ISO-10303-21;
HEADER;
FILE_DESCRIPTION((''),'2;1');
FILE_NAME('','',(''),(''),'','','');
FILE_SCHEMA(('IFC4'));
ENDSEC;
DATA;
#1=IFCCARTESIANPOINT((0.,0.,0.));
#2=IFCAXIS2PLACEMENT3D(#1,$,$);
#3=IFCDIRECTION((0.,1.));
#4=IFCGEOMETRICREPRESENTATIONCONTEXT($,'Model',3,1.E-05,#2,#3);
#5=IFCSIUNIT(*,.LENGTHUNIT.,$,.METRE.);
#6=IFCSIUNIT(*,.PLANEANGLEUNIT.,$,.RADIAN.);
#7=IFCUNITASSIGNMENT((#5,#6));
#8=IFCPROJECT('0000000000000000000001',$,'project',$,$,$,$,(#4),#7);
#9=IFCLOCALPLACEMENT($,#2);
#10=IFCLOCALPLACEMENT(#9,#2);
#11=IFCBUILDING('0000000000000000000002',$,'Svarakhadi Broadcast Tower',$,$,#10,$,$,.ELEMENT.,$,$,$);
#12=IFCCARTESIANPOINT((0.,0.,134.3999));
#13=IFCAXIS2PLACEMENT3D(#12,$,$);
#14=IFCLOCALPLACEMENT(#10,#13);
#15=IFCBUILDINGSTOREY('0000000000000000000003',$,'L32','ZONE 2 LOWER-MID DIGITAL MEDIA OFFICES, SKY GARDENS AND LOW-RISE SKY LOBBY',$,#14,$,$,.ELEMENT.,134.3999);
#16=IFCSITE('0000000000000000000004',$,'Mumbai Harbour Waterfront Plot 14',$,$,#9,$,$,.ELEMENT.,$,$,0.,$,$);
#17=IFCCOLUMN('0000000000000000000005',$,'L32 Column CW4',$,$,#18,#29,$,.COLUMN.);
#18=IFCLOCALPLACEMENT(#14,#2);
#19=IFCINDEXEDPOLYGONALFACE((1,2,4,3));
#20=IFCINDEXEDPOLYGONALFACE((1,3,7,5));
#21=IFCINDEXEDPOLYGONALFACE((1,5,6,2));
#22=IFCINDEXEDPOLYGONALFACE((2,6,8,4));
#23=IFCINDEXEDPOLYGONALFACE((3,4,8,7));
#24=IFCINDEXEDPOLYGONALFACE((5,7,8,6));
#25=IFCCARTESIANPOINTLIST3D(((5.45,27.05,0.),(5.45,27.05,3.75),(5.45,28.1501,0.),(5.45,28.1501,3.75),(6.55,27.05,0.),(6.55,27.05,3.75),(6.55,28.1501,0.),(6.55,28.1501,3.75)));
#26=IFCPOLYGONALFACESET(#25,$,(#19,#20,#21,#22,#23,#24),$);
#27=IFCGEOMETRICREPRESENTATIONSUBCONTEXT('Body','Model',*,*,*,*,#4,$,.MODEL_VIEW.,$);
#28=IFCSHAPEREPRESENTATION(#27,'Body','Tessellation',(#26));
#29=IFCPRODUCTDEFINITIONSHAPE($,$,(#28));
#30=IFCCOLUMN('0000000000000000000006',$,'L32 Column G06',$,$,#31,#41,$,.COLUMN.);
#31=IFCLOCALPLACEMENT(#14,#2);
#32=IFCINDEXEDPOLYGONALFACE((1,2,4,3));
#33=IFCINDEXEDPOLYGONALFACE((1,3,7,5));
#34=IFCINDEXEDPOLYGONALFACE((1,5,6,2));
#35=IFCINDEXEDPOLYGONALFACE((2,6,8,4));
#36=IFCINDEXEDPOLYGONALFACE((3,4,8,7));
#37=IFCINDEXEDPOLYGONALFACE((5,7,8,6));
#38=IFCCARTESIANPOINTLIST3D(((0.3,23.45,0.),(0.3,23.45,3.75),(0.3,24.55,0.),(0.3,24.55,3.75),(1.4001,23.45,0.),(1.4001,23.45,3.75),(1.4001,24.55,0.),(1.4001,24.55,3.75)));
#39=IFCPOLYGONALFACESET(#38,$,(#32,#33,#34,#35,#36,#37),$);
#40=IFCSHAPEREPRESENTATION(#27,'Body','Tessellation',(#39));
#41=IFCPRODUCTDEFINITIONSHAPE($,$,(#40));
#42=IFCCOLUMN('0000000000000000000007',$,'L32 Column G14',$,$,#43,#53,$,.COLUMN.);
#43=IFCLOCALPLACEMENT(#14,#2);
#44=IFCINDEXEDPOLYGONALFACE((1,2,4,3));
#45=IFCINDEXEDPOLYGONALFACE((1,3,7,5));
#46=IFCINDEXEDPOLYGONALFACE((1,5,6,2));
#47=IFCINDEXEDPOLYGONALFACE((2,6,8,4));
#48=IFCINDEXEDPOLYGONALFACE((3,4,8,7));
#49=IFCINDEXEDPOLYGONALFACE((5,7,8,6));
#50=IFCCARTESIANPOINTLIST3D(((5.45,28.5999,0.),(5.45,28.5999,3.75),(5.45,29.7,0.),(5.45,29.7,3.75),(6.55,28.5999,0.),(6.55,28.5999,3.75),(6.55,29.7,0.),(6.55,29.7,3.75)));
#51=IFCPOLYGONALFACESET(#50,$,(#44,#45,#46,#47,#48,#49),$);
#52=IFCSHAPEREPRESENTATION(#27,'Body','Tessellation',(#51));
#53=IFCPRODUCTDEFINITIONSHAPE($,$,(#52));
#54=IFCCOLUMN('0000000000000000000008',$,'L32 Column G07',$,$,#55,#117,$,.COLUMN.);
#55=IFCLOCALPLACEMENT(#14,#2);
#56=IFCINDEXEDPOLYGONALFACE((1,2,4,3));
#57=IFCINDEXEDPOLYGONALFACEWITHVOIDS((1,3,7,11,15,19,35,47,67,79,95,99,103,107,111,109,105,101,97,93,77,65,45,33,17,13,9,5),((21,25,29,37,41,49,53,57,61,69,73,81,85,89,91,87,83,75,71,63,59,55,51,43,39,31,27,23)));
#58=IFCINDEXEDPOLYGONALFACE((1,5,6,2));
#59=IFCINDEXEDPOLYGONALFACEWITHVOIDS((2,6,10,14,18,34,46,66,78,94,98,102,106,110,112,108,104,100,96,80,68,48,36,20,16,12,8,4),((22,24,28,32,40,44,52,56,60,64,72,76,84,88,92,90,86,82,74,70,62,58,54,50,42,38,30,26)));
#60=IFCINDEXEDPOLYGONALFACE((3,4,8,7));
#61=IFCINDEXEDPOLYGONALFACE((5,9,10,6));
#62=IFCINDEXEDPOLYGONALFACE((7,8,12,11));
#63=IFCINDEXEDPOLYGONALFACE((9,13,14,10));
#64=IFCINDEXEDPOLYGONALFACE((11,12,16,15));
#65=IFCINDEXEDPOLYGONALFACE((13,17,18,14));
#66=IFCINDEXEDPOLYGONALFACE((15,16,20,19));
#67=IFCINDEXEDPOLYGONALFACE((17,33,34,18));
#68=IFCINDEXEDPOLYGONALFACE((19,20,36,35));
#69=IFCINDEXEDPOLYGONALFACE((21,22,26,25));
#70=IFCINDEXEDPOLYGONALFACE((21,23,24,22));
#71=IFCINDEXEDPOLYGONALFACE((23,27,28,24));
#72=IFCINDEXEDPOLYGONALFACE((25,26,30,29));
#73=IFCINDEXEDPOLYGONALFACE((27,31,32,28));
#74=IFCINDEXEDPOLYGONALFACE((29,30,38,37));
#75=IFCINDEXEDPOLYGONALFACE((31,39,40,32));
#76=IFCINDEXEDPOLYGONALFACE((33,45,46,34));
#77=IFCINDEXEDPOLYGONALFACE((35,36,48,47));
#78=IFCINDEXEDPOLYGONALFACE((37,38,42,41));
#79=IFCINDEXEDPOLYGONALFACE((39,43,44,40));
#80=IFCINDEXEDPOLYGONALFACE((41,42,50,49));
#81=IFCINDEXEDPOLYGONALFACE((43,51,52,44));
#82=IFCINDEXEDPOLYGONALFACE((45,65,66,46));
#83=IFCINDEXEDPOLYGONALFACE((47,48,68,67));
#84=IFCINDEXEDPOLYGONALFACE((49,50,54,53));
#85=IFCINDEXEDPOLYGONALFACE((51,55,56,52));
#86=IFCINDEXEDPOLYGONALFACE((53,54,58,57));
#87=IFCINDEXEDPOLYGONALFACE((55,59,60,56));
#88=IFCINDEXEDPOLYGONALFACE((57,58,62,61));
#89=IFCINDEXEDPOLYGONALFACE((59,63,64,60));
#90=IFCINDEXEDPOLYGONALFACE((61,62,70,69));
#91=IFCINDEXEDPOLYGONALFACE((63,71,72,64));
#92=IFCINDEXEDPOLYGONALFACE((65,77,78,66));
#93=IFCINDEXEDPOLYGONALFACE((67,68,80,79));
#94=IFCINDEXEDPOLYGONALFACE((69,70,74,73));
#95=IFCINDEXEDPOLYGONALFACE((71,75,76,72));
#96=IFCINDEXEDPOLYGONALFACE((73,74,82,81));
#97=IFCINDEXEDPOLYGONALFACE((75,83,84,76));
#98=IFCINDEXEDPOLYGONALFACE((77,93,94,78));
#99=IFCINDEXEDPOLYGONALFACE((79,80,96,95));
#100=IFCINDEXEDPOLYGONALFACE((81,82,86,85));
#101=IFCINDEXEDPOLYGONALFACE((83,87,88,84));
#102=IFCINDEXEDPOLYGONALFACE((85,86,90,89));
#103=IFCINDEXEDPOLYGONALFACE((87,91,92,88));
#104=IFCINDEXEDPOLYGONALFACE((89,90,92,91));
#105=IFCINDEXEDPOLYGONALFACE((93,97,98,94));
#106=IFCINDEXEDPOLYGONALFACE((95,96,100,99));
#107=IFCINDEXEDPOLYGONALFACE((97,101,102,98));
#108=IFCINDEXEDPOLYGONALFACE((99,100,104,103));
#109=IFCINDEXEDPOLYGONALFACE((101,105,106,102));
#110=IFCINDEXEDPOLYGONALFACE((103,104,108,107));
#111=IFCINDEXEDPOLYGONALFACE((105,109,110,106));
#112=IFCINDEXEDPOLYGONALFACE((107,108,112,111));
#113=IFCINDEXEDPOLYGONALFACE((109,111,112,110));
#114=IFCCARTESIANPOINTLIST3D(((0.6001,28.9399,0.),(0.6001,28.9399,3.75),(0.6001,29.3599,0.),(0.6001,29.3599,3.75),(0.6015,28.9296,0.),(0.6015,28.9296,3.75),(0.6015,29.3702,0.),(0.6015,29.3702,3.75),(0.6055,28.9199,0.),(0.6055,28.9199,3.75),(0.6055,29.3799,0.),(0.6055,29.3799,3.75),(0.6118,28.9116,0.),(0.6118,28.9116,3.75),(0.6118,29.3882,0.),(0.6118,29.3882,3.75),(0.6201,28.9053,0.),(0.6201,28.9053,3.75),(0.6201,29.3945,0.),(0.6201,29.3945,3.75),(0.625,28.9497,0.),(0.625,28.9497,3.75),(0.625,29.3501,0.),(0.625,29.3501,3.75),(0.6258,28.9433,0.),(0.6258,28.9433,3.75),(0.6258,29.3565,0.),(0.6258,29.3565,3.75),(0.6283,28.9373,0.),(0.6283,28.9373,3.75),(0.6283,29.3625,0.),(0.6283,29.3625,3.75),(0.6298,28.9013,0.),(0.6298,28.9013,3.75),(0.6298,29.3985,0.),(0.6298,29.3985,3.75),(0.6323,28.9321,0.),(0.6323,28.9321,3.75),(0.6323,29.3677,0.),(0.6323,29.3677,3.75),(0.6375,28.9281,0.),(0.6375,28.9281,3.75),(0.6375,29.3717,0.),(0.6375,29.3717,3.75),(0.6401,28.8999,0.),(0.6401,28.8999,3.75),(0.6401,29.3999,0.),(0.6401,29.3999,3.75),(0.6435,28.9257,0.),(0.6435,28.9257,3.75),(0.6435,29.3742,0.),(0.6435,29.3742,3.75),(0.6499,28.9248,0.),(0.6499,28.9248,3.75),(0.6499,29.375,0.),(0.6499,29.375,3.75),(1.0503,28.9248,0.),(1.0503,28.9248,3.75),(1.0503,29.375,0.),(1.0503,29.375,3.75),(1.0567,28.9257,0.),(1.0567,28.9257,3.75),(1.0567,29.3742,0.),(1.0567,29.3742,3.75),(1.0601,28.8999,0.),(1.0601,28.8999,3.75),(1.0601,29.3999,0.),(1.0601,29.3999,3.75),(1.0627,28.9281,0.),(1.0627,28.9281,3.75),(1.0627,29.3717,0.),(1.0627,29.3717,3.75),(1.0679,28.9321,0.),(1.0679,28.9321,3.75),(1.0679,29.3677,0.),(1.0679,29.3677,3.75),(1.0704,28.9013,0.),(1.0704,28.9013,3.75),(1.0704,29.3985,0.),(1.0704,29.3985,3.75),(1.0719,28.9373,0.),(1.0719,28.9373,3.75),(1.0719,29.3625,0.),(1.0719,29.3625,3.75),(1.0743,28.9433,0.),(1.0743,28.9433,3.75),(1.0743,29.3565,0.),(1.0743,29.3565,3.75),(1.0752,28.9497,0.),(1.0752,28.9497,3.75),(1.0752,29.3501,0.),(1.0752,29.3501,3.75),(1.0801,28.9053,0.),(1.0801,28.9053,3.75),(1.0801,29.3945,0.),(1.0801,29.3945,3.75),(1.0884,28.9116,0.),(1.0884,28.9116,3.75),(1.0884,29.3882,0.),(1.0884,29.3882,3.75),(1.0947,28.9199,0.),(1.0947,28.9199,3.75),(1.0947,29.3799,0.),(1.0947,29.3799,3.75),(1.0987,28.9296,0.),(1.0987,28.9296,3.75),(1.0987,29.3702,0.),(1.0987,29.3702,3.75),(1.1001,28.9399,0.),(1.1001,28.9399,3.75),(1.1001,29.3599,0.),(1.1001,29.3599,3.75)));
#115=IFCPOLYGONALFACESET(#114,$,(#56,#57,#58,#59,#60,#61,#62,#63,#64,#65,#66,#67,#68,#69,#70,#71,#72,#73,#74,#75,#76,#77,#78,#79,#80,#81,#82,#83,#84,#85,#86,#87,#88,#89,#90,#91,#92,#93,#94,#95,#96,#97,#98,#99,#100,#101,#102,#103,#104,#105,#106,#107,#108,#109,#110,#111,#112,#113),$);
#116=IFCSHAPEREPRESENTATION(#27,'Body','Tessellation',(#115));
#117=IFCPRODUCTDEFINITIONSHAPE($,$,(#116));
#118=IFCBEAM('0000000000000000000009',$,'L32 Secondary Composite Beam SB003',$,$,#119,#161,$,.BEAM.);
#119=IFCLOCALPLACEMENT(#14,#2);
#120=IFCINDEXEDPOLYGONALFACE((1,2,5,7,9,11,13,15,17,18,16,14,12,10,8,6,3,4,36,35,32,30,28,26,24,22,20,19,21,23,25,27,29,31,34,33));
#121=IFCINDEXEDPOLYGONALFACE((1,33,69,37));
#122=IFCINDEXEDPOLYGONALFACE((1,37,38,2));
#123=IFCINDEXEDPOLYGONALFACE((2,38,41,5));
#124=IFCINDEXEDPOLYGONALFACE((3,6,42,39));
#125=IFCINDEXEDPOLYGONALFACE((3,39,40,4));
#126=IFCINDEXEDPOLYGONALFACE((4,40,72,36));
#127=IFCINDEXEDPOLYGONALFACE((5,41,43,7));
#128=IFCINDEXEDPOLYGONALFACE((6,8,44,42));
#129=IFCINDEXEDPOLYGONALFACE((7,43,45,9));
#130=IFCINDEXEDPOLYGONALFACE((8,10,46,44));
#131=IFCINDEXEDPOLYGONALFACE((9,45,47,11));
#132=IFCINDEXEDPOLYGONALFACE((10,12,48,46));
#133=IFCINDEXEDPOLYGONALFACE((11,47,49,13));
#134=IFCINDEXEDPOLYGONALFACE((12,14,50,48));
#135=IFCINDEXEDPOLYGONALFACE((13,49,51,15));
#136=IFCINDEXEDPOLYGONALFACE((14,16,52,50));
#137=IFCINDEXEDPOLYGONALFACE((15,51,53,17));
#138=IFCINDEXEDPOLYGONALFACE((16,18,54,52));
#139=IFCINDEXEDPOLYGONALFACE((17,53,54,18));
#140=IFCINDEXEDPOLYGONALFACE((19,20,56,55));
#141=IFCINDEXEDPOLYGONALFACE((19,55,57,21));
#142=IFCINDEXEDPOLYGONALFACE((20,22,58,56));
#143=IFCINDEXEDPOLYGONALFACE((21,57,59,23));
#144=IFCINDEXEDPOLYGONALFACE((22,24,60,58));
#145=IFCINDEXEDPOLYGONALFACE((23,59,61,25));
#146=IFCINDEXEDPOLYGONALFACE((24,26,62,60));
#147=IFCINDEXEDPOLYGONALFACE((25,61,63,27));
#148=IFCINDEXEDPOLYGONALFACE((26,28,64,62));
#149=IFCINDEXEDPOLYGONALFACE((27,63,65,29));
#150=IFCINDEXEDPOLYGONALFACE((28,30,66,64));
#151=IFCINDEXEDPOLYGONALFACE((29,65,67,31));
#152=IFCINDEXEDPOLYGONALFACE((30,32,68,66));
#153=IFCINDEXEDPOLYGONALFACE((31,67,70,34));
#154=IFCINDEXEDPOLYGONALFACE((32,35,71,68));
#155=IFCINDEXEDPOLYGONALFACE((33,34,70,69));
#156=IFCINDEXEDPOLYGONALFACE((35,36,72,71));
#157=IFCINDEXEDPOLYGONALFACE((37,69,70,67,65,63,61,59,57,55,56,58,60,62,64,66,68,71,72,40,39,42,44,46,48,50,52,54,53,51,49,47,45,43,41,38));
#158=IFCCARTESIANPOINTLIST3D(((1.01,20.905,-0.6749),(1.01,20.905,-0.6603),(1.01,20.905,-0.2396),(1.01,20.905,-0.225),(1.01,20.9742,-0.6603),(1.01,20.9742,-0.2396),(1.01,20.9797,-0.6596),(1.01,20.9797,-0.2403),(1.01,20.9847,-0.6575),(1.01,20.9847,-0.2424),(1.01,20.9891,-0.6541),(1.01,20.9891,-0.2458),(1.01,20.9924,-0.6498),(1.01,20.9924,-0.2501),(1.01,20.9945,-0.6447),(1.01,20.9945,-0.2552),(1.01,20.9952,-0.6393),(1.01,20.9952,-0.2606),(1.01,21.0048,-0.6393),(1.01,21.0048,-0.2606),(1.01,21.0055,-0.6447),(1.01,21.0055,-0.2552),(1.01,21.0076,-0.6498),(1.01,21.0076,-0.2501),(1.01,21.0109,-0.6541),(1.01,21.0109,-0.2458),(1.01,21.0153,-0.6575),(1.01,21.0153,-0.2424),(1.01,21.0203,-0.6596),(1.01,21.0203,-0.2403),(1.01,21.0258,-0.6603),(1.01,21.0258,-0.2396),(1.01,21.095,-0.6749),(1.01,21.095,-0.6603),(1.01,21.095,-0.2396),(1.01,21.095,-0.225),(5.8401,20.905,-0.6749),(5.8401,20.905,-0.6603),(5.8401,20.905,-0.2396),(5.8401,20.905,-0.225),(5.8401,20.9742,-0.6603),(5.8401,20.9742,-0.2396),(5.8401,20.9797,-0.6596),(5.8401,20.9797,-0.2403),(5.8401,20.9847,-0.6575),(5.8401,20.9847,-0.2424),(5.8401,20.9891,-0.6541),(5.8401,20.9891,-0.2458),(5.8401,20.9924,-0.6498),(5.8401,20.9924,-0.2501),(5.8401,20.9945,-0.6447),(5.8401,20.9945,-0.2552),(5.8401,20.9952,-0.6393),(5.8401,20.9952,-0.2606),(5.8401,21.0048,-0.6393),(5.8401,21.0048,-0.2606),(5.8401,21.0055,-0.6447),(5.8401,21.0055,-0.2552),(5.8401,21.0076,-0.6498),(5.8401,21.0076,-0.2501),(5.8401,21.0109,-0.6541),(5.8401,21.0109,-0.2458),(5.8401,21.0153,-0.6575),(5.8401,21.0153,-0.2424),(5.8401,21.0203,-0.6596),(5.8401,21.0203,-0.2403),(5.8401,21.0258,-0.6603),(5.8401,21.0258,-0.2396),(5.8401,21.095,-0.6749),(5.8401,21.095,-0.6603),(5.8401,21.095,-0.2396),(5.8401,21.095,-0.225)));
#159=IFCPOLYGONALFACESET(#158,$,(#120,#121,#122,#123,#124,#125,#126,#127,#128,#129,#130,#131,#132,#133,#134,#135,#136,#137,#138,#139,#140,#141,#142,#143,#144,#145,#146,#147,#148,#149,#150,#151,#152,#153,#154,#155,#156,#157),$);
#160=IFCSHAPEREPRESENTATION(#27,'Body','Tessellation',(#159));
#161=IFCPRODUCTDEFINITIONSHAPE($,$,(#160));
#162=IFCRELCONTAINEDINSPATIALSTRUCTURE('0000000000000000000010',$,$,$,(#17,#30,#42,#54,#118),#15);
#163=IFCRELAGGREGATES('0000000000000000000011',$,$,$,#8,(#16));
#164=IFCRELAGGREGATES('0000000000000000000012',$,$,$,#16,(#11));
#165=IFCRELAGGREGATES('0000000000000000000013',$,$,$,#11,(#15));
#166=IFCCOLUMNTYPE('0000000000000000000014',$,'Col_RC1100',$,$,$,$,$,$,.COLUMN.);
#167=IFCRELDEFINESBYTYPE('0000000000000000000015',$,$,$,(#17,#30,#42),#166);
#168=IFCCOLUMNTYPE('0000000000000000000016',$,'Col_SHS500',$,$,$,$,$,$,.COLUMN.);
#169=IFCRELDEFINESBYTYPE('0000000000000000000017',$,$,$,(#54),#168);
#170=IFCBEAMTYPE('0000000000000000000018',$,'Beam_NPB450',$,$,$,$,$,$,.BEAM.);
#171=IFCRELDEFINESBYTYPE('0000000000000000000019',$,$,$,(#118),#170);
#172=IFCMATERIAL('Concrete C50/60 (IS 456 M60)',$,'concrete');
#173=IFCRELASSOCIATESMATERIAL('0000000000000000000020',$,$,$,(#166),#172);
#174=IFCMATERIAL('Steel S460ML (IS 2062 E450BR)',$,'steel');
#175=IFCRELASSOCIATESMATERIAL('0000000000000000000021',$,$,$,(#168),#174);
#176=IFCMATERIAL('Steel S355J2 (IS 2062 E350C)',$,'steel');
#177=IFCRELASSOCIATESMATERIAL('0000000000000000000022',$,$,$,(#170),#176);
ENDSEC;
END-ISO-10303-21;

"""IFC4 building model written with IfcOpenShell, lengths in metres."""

from ifc_helpers import new_model, si_unit, direction, frame, origin, origin_2d, place, context, subcontext, project, spatial, rectangle, hollow_rectangle, i_section, extrude, material, material_profile, profile_set, type_object, element, save


model = new_model("IFC4")

# Units and contexts
model_context = context("Model", 3, precision=1e-05, world=origin(), true_north=direction((0.0, 1.0)))
body_context = subcontext(model_context, "Body", "Model", "MODEL_VIEW")
ifc_project = project(units=[si_unit("LENGTHUNIT", "METRE"), si_unit("PLANEANGLEUNIT", "RADIAN")], contexts=[model_context])

# Site, building, storey
site_placement = place(None, origin())
site = spatial("IfcSite", under=ifc_project, at=site_placement, Name="Mumbai Harbour Waterfront Plot 14", CompositionType="ELEMENT", RefElevation=0.0)
building_placement = place(site_placement, origin())
building = spatial("IfcBuilding", under=site, at=building_placement, Name="Svarakhadi Broadcast Tower", CompositionType="ELEMENT")
storey_placement = place(building_placement, frame((0.0, 0.0, 134.3999)))
storey = spatial("IfcBuildingStorey", under=building, at=storey_placement, Name="L32", Description="ZONE 2 LOWER-MID DIGITAL MEDIA OFFICES, SKY GARDENS AND LOW-RISE SKY LOBBY", CompositionType="ELEMENT", Elevation=134.3999)

# Columns
ifc_material_1 = material(Name="Concrete C50/60 (IS 456 M60)", Category="concrete")
ifc_material_profile_1 = material_profile(ifc_material_1, rectangle(XDim=1.1001, YDim=1.1001, at=origin_2d()), Name="RC 1100x1100")
ifc_profile_set_1 = profile_set([ifc_material_profile_1], Name="Concrete C50/60 (IS 456 M60)")
column_type_1 = type_object("IfcColumnType", Name="Col_RC1100", PredefinedType="COLUMN", material=ifc_profile_set_1)
for number, where, z_axis, x_axis, name in (
    (1, (6.0, 27.6001, 0.0), (0.0, 0.0, 1.0), (1.0, 0.0, 0.0), "L32 Column CW4"),
    (2, (0.8501, 24.0, 0.0), (0.0, 0.0, 1.0), (1.0, 0.0, 0.0), "L32 Column G06"),
    (3, (6.0, 29.1499, 0.0), (0.0, 0.0, 1.0), (1.0, 0.0, 0.0), "L32 Column G14"),
):
    element("IfcColumn", number, at=place(storey_placement, frame(where, z_axis=z_axis, x_axis=x_axis)), inside=storey, type_object=column_type_1, Name=name, PredefinedType="COLUMN", context=body_context, shape_type="SweptSolid", body=[
        extrude(rectangle(XDim=1.1001, YDim=1.1001, at=origin_2d()), origin(), (0.0, 0.0, 1.0), 3.75),
    ])
ifc_material_2 = material(Name="Steel S460ML (IS 2062 E450BR)", Category="steel")
ifc_material_profile_2 = material_profile(ifc_material_2, hollow_rectangle(XDim=0.5, YDim=0.5, WallThickness=0.0249, InnerFilletRadius=0.0249, OuterFilletRadius=0.04, at=origin_2d()), Name="SHS 500x500x25")
ifc_profile_set_2 = profile_set([ifc_material_profile_2], Name="Steel S460ML (IS 2062 E450BR)")
column_type_2 = type_object("IfcColumnType", Name="Col_SHS500", PredefinedType="COLUMN", material=ifc_profile_set_2)
column_placement = place(storey_placement, frame((0.8501, 29.1499, 0.0), z_axis=(0.0, 0.0, 1.0), x_axis=(1.0, 0.0, 0.0)))
element("IfcColumn", 4, at=column_placement, inside=storey, type_object=column_type_2, Name="L32 Column G07", PredefinedType="COLUMN", context=body_context, shape_type="SweptSolid", body=[
    extrude(hollow_rectangle(XDim=0.5, YDim=0.5, WallThickness=0.0249, InnerFilletRadius=0.0249, OuterFilletRadius=0.04, at=origin_2d()), origin(), (0.0, 0.0, 1.0), 3.75),
])

# Beam
ifc_material_3 = material(Name="Steel S355J2 (IS 2062 E350C)", Category="steel")
ifc_material_profile_3 = material_profile(ifc_material_3, i_section(OverallWidth=0.1899, OverallDepth=0.45, WebThickness=0.0095, FlangeThickness=0.0146, FilletRadius=0.021, at=origin_2d()), Name="NPB 450x190x78")
ifc_profile_set_3 = profile_set([ifc_material_profile_3], Name="Steel S355J2 (IS 2062 E350C)")
beam_type_1 = type_object("IfcBeamType", Name="Beam_NPB450", PredefinedType="BEAM", material=ifc_profile_set_3)
for number, where, z_axis, x_axis, name in (
    (5, (1.01, 21.0, -0.45), (1.0, 0.0, 0.0), (0.0, 1.0, 0.0), "L32 Secondary Composite Beam SB003"),
):
    element("IfcBeam", number, at=place(storey_placement, frame(where, z_axis=z_axis, x_axis=x_axis)), inside=storey, type_object=beam_type_1, Name=name, PredefinedType="BEAM", context=body_context, shape_type="SweptSolid", body=[
        extrude(i_section(OverallWidth=0.1899, OverallDepth=0.45, WebThickness=0.0095, FlangeThickness=0.0146, FilletRadius=0.021, at=origin_2d()), origin(), (0.0, 0.0, 1.0), 4.8301),
    ])

save(model, "model.ifc")
